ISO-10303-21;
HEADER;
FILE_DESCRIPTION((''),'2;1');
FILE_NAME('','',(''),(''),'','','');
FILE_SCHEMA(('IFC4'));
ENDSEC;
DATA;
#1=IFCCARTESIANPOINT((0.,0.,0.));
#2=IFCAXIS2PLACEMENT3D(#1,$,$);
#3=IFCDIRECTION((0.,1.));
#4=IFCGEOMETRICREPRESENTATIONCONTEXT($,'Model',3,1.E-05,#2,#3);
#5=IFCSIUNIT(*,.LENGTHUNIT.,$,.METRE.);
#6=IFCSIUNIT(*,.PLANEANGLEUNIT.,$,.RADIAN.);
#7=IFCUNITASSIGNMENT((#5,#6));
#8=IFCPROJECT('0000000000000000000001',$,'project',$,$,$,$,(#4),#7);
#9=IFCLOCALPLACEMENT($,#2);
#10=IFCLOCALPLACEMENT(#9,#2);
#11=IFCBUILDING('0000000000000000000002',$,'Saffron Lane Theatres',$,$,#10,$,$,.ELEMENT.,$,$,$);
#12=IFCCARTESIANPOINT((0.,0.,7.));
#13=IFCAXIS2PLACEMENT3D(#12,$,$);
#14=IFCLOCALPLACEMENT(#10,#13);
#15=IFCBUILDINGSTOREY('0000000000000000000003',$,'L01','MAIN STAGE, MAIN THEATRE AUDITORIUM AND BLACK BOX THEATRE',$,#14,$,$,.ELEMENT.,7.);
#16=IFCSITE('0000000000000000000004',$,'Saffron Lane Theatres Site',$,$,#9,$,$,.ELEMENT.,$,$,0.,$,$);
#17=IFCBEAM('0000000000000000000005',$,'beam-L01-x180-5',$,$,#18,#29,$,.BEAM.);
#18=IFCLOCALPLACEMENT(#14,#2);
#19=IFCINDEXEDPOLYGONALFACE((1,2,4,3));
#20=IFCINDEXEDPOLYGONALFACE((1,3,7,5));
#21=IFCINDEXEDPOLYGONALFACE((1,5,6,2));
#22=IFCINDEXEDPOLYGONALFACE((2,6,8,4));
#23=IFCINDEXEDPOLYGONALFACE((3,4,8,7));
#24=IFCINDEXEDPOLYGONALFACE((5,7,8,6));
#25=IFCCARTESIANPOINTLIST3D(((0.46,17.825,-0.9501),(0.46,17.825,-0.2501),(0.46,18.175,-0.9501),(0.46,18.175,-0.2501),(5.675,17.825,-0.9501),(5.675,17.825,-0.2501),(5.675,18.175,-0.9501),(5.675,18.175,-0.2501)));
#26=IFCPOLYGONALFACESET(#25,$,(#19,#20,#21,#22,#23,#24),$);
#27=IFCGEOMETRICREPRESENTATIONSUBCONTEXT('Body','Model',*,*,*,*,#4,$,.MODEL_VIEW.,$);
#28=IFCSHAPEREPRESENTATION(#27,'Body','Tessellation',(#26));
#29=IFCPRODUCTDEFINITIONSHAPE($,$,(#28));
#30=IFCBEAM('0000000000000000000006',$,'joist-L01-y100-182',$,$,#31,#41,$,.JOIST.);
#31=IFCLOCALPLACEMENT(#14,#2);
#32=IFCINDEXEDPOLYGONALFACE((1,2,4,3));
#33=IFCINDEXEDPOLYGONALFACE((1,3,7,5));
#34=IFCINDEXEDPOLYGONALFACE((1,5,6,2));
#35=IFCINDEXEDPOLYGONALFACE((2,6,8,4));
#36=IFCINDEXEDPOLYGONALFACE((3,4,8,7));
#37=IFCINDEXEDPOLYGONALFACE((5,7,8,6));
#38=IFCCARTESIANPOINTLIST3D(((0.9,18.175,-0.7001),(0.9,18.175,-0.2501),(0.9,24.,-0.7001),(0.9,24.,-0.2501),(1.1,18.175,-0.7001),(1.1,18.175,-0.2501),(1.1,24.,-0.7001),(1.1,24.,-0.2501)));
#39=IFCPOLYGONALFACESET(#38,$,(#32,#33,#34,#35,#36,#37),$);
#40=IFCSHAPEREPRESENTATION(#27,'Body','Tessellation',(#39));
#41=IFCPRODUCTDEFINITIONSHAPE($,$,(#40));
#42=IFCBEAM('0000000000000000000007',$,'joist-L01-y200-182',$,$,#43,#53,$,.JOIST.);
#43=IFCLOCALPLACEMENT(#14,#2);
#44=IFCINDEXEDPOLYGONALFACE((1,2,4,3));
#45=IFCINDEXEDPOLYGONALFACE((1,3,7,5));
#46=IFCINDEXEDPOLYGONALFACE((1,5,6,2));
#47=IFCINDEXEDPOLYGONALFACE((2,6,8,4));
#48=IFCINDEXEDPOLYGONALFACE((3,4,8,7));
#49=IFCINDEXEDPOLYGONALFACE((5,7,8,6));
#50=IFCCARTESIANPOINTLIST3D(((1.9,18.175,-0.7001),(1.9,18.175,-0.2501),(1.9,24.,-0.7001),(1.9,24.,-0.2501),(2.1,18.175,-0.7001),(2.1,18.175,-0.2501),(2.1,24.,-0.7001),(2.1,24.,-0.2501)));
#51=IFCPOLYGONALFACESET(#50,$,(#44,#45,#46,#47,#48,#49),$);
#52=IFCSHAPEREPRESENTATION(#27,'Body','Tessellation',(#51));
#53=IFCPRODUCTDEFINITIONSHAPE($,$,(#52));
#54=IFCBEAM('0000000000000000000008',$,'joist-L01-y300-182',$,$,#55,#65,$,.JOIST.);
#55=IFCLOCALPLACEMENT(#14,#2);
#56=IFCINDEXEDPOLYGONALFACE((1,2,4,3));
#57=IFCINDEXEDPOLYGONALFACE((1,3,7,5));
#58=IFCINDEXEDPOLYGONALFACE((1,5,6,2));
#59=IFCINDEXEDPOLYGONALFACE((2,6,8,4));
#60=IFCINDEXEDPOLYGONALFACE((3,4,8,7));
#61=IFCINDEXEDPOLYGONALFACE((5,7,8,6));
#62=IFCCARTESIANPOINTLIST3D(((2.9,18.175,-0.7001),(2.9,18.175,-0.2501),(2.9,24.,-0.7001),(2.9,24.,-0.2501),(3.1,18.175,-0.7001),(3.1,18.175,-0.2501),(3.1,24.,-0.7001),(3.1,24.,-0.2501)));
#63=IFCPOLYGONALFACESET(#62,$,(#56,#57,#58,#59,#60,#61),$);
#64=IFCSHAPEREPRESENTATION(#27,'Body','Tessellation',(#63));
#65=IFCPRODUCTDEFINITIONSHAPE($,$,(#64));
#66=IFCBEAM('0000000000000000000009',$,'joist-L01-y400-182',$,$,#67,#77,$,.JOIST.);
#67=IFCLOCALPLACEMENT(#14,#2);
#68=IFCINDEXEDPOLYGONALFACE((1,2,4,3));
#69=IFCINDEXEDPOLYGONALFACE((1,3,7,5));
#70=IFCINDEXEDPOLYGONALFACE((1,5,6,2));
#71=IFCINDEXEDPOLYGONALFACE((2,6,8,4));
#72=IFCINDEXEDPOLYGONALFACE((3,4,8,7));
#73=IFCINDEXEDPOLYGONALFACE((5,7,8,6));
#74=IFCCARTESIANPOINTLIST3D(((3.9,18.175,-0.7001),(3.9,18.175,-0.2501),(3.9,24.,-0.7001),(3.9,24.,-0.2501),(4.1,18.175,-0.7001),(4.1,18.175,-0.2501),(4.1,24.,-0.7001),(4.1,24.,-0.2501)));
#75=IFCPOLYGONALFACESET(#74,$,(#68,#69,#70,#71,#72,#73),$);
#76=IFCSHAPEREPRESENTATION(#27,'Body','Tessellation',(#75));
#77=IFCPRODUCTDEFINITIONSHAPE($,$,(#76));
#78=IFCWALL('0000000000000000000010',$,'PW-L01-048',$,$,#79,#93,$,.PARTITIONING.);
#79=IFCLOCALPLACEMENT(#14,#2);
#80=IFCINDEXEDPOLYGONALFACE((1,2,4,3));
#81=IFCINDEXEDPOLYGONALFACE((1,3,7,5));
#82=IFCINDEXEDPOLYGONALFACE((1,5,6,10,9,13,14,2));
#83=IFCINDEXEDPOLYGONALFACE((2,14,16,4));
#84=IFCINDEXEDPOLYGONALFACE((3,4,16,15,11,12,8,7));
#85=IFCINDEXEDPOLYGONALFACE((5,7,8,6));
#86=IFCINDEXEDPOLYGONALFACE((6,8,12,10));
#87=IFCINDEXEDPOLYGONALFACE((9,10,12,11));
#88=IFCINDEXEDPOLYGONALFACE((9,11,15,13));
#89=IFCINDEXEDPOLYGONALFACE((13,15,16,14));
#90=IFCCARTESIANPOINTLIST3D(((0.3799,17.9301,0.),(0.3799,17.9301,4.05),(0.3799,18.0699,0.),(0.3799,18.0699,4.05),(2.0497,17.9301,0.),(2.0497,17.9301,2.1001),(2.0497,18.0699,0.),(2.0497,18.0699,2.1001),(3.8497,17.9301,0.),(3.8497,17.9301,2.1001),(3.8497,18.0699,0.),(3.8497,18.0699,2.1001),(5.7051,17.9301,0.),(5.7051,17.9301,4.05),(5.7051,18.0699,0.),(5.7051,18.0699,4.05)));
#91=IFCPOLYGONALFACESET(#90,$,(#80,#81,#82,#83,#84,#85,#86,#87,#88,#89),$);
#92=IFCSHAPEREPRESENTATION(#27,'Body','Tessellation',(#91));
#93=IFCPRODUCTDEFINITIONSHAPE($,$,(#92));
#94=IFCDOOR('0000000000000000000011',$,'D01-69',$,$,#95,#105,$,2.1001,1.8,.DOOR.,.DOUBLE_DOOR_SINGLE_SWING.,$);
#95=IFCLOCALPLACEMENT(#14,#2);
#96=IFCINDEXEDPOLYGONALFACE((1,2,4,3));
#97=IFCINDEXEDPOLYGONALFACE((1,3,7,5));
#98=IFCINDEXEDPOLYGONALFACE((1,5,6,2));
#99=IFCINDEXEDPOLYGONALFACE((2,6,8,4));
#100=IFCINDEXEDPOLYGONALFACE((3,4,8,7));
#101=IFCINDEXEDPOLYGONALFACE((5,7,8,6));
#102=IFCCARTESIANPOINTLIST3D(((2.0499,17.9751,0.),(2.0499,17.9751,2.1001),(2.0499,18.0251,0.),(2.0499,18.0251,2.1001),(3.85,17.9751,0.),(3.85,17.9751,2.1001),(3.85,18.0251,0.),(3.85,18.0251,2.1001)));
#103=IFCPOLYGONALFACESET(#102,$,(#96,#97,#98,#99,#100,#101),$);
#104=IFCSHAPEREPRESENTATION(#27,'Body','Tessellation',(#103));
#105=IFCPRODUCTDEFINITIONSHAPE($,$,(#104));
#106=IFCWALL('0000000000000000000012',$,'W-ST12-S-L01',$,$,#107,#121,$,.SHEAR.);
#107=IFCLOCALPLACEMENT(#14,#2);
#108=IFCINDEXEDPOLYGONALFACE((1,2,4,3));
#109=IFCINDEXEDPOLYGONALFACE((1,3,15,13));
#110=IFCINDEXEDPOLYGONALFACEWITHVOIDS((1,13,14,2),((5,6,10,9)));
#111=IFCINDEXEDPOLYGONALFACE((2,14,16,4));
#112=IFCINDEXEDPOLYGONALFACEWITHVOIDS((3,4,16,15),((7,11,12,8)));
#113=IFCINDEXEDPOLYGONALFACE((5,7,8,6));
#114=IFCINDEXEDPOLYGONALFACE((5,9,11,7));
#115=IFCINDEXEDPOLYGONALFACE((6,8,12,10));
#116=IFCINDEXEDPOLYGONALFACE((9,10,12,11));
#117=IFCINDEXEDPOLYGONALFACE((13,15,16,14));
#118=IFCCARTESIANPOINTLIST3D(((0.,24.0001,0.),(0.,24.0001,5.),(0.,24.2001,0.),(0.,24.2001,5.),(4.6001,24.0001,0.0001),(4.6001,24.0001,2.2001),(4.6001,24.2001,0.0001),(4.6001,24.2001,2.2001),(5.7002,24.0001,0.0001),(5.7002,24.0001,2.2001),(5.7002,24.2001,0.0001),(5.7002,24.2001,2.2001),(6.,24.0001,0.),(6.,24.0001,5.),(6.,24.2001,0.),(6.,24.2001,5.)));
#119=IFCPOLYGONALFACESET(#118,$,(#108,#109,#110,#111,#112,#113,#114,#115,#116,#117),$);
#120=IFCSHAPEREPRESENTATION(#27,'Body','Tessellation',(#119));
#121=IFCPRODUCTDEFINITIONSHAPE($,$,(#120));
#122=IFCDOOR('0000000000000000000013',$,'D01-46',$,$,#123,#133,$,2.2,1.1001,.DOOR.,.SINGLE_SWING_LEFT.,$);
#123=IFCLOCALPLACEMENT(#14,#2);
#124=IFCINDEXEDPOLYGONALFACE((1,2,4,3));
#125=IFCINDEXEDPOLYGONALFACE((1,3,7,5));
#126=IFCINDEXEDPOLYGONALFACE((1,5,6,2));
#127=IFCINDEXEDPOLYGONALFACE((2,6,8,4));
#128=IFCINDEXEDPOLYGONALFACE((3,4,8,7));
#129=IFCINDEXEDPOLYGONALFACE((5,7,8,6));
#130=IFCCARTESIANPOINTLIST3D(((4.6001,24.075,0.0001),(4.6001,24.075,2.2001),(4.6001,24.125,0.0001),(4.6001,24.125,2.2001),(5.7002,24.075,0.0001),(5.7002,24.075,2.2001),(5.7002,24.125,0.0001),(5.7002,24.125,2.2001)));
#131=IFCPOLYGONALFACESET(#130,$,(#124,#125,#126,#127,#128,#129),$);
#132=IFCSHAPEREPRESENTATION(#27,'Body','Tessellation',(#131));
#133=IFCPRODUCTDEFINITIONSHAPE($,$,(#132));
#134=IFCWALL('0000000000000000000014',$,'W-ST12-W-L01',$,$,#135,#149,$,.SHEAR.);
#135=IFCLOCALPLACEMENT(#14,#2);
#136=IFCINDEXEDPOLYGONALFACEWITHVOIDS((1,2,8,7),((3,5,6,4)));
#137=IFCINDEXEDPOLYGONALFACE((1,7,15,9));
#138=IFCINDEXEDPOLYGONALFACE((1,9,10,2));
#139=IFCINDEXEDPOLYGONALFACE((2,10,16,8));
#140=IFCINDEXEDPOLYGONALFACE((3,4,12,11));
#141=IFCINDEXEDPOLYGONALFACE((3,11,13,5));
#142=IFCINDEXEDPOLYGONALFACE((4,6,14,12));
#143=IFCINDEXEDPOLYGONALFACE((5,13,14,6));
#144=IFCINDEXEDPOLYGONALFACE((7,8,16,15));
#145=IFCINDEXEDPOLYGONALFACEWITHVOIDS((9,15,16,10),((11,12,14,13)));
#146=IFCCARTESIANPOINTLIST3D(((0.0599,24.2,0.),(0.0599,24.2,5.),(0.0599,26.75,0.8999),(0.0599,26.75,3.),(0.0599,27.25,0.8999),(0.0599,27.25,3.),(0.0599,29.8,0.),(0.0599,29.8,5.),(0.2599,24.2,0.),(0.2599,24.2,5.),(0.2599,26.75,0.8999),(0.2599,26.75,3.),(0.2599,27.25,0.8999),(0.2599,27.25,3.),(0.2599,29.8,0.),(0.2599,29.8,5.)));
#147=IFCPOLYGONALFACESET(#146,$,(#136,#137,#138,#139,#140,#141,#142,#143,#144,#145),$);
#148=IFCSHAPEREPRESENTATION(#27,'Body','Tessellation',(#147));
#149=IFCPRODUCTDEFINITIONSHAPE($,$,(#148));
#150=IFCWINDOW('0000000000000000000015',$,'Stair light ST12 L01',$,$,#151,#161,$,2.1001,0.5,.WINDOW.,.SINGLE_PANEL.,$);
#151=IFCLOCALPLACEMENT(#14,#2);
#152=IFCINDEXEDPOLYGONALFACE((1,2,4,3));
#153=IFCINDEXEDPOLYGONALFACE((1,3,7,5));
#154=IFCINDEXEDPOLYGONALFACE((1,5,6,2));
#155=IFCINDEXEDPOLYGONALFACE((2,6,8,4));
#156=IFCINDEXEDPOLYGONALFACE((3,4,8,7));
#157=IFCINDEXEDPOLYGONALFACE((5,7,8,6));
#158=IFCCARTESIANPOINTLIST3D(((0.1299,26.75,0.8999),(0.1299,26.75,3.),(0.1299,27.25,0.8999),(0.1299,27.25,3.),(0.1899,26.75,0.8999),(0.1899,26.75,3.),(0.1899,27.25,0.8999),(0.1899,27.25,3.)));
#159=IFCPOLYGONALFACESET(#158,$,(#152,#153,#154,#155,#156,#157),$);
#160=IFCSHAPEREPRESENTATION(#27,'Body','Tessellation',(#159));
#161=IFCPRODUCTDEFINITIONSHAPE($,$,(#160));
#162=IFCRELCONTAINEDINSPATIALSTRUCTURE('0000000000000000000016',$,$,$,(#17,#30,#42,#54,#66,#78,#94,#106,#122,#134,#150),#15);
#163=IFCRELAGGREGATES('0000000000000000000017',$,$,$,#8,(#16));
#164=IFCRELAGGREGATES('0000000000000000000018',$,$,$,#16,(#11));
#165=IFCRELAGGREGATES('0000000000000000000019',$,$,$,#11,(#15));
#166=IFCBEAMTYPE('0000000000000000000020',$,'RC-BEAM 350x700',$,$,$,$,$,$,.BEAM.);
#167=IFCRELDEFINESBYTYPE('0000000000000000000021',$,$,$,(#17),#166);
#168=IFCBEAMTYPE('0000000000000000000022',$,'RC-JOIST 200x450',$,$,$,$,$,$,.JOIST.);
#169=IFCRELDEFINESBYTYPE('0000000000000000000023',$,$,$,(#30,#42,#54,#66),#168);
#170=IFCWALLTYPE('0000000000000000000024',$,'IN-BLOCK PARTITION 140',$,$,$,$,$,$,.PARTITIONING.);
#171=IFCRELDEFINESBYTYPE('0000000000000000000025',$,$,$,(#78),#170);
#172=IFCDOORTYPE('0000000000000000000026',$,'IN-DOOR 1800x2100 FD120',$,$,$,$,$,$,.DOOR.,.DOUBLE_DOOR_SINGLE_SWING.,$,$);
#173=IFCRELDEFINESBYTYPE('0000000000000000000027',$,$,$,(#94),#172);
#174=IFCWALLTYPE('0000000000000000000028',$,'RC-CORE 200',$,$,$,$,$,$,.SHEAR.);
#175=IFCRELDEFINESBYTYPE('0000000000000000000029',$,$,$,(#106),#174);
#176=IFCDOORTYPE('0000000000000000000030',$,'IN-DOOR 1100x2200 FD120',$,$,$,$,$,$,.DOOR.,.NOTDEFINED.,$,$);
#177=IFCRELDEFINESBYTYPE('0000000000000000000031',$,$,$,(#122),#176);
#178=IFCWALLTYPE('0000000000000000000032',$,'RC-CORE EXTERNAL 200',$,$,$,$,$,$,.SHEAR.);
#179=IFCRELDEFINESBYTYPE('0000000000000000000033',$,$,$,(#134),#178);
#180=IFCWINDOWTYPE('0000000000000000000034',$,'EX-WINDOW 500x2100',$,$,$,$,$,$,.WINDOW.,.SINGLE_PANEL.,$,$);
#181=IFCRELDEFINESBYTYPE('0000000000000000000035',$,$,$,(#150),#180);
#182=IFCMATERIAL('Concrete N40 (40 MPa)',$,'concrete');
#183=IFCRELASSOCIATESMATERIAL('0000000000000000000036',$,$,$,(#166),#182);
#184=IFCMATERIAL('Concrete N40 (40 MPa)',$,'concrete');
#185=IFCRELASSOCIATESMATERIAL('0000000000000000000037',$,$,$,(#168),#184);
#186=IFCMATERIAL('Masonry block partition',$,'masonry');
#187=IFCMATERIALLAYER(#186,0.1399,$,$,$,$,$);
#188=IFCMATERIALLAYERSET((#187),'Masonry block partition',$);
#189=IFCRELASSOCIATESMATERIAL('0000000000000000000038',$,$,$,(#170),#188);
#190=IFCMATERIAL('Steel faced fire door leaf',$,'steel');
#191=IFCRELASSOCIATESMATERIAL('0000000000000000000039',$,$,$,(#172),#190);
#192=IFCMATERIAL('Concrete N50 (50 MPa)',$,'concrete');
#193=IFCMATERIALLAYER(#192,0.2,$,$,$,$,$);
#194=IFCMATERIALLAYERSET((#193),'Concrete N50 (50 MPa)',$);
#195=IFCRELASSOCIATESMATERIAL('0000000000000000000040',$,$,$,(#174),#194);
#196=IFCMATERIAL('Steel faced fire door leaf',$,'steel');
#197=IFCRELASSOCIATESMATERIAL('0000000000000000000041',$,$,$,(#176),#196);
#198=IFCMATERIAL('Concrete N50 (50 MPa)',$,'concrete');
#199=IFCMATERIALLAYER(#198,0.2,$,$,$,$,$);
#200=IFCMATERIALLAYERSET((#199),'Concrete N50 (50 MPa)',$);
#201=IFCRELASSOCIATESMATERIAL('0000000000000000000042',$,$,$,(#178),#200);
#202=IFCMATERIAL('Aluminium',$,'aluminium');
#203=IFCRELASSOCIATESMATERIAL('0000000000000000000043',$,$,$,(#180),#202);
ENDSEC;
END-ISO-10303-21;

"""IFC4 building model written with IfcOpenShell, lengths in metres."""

from ifc_helpers import new_model, si_unit, direction, frame, frame_2d, origin, origin_2d, place, context, subcontext, project, spatial, rectangle, extrude, material, layer, layer_set, material_profile, profile_set, type_object, element, fill, save


model = new_model("IFC4")

# Units and contexts
model_context = context("Model", 3, precision=1e-05, world=origin(), true_north=direction((0.0, 1.0)))
body_context = subcontext(model_context, "Body", "Model", "MODEL_VIEW")
ifc_project = project(units=[si_unit("LENGTHUNIT", "METRE"), si_unit("PLANEANGLEUNIT", "RADIAN")], contexts=[model_context])

# Site, building, storey
site_placement = place(None, origin())
site = spatial("IfcSite", under=ifc_project, at=site_placement, Name="Saffron Lane Theatres Site", CompositionType="ELEMENT", RefElevation=0.0)
building_placement = place(site_placement, origin())
building = spatial("IfcBuilding", under=site, at=building_placement, Name="Saffron Lane Theatres", CompositionType="ELEMENT")
storey_placement = place(building_placement, frame((0.0, 0.0, 7.0)))
storey = spatial("IfcBuildingStorey", under=building, at=storey_placement, Name="L01", Description="MAIN STAGE, MAIN THEATRE AUDITORIUM AND BLACK BOX THEATRE", CompositionType="ELEMENT", Elevation=7.0)

# Beams
ifc_material_1 = material(Name="Concrete N40 (40 MPa)", Category="concrete")
ifc_material_profile_1 = material_profile(ifc_material_1, rectangle(XDim=0.3501, YDim=0.7, at=origin_2d()))
ifc_profile_set_1 = profile_set([ifc_material_profile_1], Name="Concrete N40 (40 MPa)")
beam_type_1 = type_object("IfcBeamType", Name="RC-BEAM 350x700", PredefinedType="BEAM", material=ifc_profile_set_1)
beam_placement = place(storey_placement, frame((0.46, 18.0, -0.6001), z_axis=(1.0, 0.0, 0.0), x_axis=(0.0, 1.0, 0.0)))
element("IfcBeam", 1, at=beam_placement, inside=storey, type_object=beam_type_1, Name="beam-L01-x180-5", PredefinedType="BEAM", context=body_context, shape_type="SweptSolid", body=[
    extrude(rectangle(XDim=0.3501, YDim=0.7, at=origin_2d()), origin(), (0.0, 0.0, 1.0), 5.2151),
])
ifc_material_2 = material(Name="Concrete N40 (40 MPa)", Category="concrete")
ifc_material_profile_2 = material_profile(ifc_material_2, rectangle(XDim=0.2, YDim=0.45, at=origin_2d()))
ifc_profile_set_2 = profile_set([ifc_material_profile_2], Name="Concrete N40 (40 MPa)")
beam_type_2 = type_object("IfcBeamType", Name="RC-JOIST 200x450", PredefinedType="JOIST", material=ifc_profile_set_2)
for number, where, z_axis, x_axis, name in (
    (2, (1.0, 18.175, -0.4751), (0.0, 1.0, 0.0), (-1.0, 0.0, 0.0), "joist-L01-y100-182"),
    (3, (2.0, 18.175, -0.4751), (0.0, 1.0, 0.0), (-1.0, 0.0, 0.0), "joist-L01-y200-182"),
    (4, (3.0, 18.175, -0.4751), (0.0, 1.0, 0.0), (-1.0, 0.0, 0.0), "joist-L01-y300-182"),
    (5, (4.0, 18.175, -0.4751), (0.0, 1.0, 0.0), (-1.0, 0.0, 0.0), "joist-L01-y400-182"),
):
    element("IfcBeam", number, at=place(storey_placement, frame(where, z_axis=z_axis, x_axis=x_axis)), inside=storey, type_object=beam_type_2, Name=name, PredefinedType="JOIST", context=body_context, shape_type="SweptSolid", body=[
        extrude(rectangle(XDim=0.2, YDim=0.45, at=origin_2d()), origin(), (0.0, 0.0, 1.0), 5.825),
    ])

# Walls, openings, doors
ifc_material_3 = material(Name="Masonry block partition", Category="masonry")
ifc_layer_1 = layer(ifc_material_3, 0.1399)
ifc_layer_set_1 = layer_set([ifc_layer_1], Name="Masonry block partition")
wall_type_1 = type_object("IfcWallType", Name="IN-BLOCK PARTITION 140", PredefinedType="PARTITIONING", material=ifc_layer_set_1)
wall_1_placement = place(storey_placement, frame((0.3799, 18.0, 0.0), z_axis=(0.0, 0.0, 1.0), x_axis=(1.0, 0.0, 0.0)))
wall_1 = element("IfcWall", 6, at=wall_1_placement, inside=storey, type_object=wall_type_1, Name="PW-L01-048", PredefinedType="PARTITIONING", context=body_context, shape_type="SweptSolid", body=[
    extrude(rectangle(XDim=5.3252, YDim=0.1399, at=frame_2d((2.6626, 0.0))), origin(), (0.0, 0.0, 1.0), 4.05),
])
opening_1_placement = place(wall_1_placement, frame((1.6699, 0.0, 0.0)))
opening_1 = element("IfcOpeningElement", 7, at=opening_1_placement, cuts=wall_1, PredefinedType="OPENING", context=body_context, shape_type="SweptSolid", body=[
    extrude(rectangle(XDim=1.8, YDim=2.1001, at=frame_2d((0.8999, 1.05))), frame((0.0, 0.0801, 0.0), z_axis=(0.0, -1.0, 0.0), x_axis=(1.0, 0.0, 0.0)), (0.0, 0.0, 1.0), 0.1599),
])
ifc_material_4 = material(Name="Steel faced fire door leaf", Category="steel")
door_type_1 = type_object("IfcDoorType", Name="IN-DOOR 1800x2100 FD120", OperationType="DOUBLE_DOOR_SINGLE_SWING", PredefinedType="DOOR", material=ifc_material_4)
door_1_placement = place(opening_1_placement, frame((1.8, 0.0, 0.0), z_axis=(0.0, 0.0, 1.0), x_axis=(-1.0, 0.0, 0.0)))
door_1 = element("IfcDoor", 8, at=door_1_placement, inside=storey, type_object=door_type_1, Name="D01-69", OperationType="DOUBLE_DOOR_SINGLE_SWING", OverallHeight=2.1001, OverallWidth=1.8, PredefinedType="DOOR", context=body_context, shape_type="SweptSolid", body=[
    extrude(rectangle(XDim=1.8, YDim=2.1001, at=frame_2d((0.8999, 1.05))), frame((0.0, 0.0249, 0.0), z_axis=(0.0, -1.0, 0.0), x_axis=(1.0, 0.0, 0.0)), (0.0, 0.0, 1.0), 0.05),
])
fill(opening_1, door_1)
ifc_material_5 = material(Name="Concrete N50 (50 MPa)", Category="concrete")
ifc_layer_2 = layer(ifc_material_5, 0.2)
ifc_layer_set_2 = layer_set([ifc_layer_2], Name="Concrete N50 (50 MPa)")
wall_type_2 = type_object("IfcWallType", Name="RC-CORE 200", PredefinedType="SHEAR", material=ifc_layer_set_2)
wall_2_placement = place(storey_placement, frame((0.0, 24.1001, 0.0), z_axis=(0.0, 0.0, 1.0), x_axis=(1.0, 0.0, 0.0)))
wall_2 = element("IfcWall", 9, at=wall_2_placement, inside=storey, type_object=wall_type_2, Name="W-ST12-S-L01", PredefinedType="SHEAR", context=body_context, shape_type="SweptSolid", body=[
    extrude(rectangle(XDim=6.0, YDim=0.2, at=frame_2d((3.0, 0.0))), origin(), (0.0, 0.0, 1.0), 5.0),
])
opening_2_placement = place(wall_2_placement, frame((4.6001, 0.0, 0.0)))
opening_2 = element("IfcOpeningElement", 10, at=opening_2_placement, cuts=wall_2, PredefinedType="OPENING", context=body_context, shape_type="SweptSolid", body=[
    extrude(rectangle(XDim=1.1001, YDim=2.2, at=frame_2d((0.55, 1.1001))), frame((0.0, 0.1099, 0.0), z_axis=(0.0, -1.0, 0.0), x_axis=(1.0, 0.0, 0.0)), (0.0, 0.0, 1.0), 0.22),
])
ifc_material_6 = material(Name="Steel faced fire door leaf", Category="steel")
door_type_2 = type_object("IfcDoorType", Name="IN-DOOR 1100x2200 FD120", OperationType="NOTDEFINED", PredefinedType="DOOR", material=ifc_material_6)
door_2_placement = place(opening_2_placement, origin())
door_2 = element("IfcDoor", 11, at=door_2_placement, inside=storey, type_object=door_type_2, Name="D01-46", OperationType="SINGLE_SWING_LEFT", OverallHeight=2.2, OverallWidth=1.1001, PredefinedType="DOOR", context=body_context, shape_type="SweptSolid", body=[
    extrude(rectangle(XDim=1.1001, YDim=2.2, at=frame_2d((0.55, 1.1001))), frame((0.0, 0.0249, 0.0), z_axis=(0.0, -1.0, 0.0), x_axis=(1.0, 0.0, 0.0)), (0.0, 0.0, 1.0), 0.05),
])
fill(opening_2, door_2)

# Wall, opening, window
ifc_material_7 = material(Name="Concrete N50 (50 MPa)", Category="concrete")
ifc_layer_3 = layer(ifc_material_7, 0.2)
ifc_layer_set_3 = layer_set([ifc_layer_3], Name="Concrete N50 (50 MPa)")
wall_type_3 = type_object("IfcWallType", Name="RC-CORE EXTERNAL 200", PredefinedType="SHEAR", material=ifc_layer_set_3)
wall_3_placement = place(storey_placement, frame((0.1599, 24.2, 0.0), z_axis=(0.0, 0.0, 1.0), x_axis=(0.0, 1.0, 0.0)))
wall_3 = element("IfcWall", 12, at=wall_3_placement, inside=storey, type_object=wall_type_3, Name="W-ST12-W-L01", PredefinedType="SHEAR", context=body_context, shape_type="SweptSolid", body=[
    extrude(rectangle(XDim=5.6001, YDim=0.2, at=frame_2d((2.8, 0.0))), origin(), (0.0, 0.0, 1.0), 5.0),
])
opening_3_placement = place(wall_3_placement, frame((2.55, 0.0, 0.8999)))
opening_3 = element("IfcOpeningElement", 13, at=opening_3_placement, cuts=wall_3, PredefinedType="OPENING", context=body_context, shape_type="SweptSolid", body=[
    extrude(rectangle(XDim=0.5, YDim=2.1001, at=frame_2d((0.25, 1.05))), frame((0.0, 0.1099, 0.0), z_axis=(0.0, -1.0, 0.0), x_axis=(1.0, 0.0, 0.0)), (0.0, 0.0, 1.0), 0.22),
])
ifc_material_8 = material(Name="Aluminium", Category="aluminium")
window_type = type_object("IfcWindowType", Name="EX-WINDOW 500x2100", PartitioningType="SINGLE_PANEL", PredefinedType="WINDOW", material=ifc_material_8)
window_placement = place(opening_3_placement, origin())
window = element("IfcWindow", 14, at=window_placement, inside=storey, type_object=window_type, Name="Stair light ST12 L01", OverallHeight=2.1001, OverallWidth=0.5, PartitioningType="SINGLE_PANEL", PredefinedType="WINDOW", context=body_context, shape_type="SweptSolid", body=[
    extrude(rectangle(XDim=0.5, YDim=2.1001, at=frame_2d((0.25, 1.05))), frame((0.0, 0.03, 0.0), z_axis=(0.0, -1.0, 0.0), x_axis=(1.0, 0.0, 0.0)), (0.0, 0.0, 1.0), 0.0601),
])
fill(opening_3, window)

save(model, "model.ifc")
